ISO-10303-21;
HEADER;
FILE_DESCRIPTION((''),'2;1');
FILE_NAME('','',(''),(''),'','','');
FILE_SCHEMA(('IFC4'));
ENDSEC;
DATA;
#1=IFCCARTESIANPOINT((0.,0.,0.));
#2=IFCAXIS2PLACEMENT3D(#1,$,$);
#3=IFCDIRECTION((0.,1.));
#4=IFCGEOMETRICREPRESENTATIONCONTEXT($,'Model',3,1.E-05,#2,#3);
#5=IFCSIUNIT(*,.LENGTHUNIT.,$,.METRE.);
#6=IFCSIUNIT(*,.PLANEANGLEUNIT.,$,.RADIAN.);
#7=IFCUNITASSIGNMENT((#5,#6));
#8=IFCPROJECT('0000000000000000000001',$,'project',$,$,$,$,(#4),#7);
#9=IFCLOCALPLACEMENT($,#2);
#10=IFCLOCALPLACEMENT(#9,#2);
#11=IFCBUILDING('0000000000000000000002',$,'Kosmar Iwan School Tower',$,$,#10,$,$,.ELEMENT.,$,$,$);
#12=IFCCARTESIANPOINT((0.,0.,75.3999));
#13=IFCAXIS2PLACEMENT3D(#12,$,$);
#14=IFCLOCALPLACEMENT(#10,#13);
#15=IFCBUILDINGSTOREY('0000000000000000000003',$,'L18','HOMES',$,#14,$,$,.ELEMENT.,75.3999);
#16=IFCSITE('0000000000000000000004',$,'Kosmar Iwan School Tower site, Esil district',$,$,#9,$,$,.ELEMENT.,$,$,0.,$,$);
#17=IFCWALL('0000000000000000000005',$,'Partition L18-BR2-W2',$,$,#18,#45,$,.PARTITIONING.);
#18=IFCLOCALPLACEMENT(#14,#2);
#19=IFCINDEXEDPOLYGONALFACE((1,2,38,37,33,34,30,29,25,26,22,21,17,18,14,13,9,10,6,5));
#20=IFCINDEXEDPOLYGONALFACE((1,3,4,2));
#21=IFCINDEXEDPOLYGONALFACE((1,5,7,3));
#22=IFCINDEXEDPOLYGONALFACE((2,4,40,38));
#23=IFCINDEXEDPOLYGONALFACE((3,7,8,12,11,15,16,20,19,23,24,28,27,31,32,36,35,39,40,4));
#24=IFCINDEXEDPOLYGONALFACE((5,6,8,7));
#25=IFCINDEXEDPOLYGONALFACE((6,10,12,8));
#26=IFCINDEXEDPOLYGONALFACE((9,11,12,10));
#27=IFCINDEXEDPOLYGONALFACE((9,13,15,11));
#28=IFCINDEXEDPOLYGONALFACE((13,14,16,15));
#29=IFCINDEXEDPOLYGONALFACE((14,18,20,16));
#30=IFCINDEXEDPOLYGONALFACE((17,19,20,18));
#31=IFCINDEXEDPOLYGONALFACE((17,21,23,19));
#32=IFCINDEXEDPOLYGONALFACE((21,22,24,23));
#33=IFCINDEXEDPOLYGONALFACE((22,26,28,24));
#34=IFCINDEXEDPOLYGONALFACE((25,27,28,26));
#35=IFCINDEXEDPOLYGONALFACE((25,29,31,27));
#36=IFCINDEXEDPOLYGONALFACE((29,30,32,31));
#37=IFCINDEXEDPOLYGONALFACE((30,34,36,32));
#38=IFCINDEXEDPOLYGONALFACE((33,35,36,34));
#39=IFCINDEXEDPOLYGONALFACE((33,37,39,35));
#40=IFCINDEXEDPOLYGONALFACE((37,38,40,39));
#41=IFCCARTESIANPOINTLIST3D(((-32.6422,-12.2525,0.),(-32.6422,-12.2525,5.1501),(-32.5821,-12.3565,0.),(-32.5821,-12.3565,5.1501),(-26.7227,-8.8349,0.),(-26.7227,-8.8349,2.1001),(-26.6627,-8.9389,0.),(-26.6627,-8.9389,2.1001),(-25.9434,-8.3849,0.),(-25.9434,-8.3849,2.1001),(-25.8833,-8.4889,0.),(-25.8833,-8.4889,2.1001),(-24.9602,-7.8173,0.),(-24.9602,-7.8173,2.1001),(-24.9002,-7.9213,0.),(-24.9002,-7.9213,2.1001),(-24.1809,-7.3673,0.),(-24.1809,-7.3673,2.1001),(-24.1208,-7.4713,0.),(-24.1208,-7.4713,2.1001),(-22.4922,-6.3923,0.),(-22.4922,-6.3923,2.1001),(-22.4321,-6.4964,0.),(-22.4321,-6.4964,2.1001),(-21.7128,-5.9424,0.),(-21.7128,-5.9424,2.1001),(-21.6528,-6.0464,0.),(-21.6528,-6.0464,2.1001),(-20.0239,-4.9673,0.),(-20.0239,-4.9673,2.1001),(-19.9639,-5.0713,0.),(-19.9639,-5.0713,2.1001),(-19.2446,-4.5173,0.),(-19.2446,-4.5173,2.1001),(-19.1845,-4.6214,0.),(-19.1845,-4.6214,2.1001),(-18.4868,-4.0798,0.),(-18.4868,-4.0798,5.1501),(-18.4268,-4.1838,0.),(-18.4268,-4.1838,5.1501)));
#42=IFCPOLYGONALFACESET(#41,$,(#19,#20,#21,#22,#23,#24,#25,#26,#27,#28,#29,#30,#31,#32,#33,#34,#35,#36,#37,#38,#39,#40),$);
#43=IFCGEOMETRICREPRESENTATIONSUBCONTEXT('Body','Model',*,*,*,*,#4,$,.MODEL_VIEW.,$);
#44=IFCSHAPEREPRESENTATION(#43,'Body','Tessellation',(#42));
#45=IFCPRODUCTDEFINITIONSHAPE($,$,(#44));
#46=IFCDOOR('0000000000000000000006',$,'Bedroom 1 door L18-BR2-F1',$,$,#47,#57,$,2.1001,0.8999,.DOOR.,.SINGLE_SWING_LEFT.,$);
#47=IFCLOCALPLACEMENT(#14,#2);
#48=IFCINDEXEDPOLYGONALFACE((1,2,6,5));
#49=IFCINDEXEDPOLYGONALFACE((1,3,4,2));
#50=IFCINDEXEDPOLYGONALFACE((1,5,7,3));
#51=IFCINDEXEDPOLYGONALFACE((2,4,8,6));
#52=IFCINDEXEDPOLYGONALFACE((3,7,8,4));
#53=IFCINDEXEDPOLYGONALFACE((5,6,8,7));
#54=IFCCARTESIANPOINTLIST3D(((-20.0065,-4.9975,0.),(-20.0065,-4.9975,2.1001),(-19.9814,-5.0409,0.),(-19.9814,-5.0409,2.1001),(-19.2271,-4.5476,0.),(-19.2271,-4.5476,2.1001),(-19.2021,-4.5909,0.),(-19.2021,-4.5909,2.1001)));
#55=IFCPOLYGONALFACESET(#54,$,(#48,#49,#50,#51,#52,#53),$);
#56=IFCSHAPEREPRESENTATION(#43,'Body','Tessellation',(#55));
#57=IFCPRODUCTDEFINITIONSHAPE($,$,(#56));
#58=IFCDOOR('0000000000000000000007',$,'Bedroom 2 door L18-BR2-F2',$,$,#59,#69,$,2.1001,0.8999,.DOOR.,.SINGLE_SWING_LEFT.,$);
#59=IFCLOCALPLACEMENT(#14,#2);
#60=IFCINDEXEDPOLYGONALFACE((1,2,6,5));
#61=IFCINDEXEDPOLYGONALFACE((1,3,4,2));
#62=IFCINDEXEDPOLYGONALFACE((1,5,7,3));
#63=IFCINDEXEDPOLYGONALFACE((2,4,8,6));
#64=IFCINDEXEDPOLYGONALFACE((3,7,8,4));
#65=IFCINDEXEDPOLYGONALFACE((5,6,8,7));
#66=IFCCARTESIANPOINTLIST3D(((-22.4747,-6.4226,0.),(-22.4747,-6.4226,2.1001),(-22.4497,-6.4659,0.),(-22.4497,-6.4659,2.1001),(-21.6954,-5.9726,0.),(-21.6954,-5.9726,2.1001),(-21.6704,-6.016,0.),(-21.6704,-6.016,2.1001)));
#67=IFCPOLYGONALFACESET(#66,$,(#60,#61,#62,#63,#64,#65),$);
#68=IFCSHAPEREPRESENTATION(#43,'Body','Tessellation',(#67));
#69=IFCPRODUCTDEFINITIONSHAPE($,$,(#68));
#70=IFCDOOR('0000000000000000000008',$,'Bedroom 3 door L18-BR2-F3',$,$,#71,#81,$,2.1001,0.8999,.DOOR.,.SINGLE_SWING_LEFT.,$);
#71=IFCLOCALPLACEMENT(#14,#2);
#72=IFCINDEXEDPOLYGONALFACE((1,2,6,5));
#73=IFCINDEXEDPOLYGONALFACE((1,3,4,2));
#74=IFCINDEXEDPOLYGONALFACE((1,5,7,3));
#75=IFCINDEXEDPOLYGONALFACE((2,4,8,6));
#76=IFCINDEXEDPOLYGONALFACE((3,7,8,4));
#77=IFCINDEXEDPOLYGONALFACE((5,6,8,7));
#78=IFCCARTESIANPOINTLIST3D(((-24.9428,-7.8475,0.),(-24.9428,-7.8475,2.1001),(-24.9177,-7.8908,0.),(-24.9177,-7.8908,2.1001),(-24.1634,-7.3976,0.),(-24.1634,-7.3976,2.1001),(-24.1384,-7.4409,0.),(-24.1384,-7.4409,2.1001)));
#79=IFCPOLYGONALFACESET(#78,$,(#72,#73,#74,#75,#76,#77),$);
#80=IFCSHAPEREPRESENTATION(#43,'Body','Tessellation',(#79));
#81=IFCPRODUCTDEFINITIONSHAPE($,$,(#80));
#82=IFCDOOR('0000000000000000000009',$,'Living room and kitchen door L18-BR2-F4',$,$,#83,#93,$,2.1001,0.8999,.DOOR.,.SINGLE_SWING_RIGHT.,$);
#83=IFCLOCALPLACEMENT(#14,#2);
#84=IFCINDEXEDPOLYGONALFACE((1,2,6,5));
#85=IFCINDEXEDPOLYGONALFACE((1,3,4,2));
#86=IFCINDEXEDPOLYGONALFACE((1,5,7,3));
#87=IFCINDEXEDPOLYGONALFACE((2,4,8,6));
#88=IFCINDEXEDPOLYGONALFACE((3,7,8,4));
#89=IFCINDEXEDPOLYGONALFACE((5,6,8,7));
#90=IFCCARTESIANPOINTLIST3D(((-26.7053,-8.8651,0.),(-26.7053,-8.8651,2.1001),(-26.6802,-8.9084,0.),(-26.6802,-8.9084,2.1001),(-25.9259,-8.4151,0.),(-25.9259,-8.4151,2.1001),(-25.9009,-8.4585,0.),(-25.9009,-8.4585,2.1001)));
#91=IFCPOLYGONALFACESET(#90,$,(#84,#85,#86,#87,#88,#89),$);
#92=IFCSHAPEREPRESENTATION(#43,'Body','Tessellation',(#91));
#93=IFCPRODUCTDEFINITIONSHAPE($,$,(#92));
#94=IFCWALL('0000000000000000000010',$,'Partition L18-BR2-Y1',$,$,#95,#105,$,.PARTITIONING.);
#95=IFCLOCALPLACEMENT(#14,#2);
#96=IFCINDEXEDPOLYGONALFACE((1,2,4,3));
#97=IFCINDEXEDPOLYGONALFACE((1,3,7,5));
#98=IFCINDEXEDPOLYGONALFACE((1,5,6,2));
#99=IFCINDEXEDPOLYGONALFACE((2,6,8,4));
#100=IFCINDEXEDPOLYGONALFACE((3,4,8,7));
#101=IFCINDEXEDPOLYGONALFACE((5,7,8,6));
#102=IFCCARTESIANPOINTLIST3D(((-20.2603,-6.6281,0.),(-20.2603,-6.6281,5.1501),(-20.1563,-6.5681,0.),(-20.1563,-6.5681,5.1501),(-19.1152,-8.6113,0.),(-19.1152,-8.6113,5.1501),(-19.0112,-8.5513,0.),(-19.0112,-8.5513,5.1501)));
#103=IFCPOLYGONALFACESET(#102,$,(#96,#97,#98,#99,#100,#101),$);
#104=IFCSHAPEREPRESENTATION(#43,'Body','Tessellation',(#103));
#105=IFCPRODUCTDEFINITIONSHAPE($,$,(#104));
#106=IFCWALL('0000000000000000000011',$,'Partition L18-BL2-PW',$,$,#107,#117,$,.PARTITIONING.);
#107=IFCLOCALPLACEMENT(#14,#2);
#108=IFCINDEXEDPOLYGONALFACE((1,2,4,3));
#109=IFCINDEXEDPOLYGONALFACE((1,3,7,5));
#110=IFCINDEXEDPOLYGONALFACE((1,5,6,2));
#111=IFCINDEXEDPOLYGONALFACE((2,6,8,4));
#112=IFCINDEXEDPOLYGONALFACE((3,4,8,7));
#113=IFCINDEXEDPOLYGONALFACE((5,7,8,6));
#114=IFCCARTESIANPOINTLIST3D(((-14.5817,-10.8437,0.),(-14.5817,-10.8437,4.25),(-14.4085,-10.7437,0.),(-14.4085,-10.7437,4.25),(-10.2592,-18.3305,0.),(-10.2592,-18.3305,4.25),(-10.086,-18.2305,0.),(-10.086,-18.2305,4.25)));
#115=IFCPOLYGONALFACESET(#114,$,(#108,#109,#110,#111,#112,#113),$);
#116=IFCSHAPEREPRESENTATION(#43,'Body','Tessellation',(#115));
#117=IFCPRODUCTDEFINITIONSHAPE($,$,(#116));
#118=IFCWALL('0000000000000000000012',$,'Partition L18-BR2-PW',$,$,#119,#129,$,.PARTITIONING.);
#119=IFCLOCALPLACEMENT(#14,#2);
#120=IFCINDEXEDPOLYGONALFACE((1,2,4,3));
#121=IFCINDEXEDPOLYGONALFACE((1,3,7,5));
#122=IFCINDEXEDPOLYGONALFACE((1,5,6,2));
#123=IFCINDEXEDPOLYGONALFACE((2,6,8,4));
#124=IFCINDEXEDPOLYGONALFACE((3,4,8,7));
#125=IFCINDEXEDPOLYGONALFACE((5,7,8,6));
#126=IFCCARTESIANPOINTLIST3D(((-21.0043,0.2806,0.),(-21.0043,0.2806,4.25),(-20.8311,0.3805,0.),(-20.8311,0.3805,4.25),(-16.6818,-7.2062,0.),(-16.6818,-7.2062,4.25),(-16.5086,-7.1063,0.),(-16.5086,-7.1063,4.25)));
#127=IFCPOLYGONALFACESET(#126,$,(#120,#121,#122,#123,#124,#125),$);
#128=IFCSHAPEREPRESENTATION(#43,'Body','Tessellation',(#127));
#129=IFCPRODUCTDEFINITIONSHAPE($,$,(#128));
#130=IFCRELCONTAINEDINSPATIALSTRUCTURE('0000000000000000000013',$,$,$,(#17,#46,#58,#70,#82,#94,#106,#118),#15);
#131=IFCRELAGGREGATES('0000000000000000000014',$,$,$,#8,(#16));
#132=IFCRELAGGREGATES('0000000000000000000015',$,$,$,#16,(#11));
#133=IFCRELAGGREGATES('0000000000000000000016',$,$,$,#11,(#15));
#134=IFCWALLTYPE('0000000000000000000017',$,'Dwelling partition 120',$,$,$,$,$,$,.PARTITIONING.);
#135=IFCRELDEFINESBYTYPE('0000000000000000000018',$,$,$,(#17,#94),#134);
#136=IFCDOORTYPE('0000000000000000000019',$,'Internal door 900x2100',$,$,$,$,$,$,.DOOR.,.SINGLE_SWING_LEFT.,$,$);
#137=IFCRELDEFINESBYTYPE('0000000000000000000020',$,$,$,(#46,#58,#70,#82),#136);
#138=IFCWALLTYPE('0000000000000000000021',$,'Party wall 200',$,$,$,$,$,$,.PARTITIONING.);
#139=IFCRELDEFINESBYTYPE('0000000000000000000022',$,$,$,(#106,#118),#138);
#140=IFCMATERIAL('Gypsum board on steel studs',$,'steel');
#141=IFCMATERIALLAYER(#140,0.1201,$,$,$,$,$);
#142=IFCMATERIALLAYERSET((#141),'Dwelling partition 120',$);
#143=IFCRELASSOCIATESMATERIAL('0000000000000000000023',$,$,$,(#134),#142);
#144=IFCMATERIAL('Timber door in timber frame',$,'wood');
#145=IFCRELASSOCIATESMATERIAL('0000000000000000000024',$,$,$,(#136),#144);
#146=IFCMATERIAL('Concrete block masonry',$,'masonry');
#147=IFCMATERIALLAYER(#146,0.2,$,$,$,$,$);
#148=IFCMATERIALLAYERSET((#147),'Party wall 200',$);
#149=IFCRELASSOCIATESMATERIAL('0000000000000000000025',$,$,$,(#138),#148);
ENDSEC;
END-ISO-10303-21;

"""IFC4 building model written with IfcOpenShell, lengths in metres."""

from ifc_helpers import new_model, si_unit, direction, frame, frame_2d, origin, place, context, subcontext, project, spatial, rectangle, extrude, material, layer, layer_set, type_object, element, fill, save


model = new_model("IFC4")

# Units and contexts
model_context = context("Model", 3, precision=1e-05, world=origin(), true_north=direction((0.0, 1.0)))
body_context = subcontext(model_context, "Body", "Model", "MODEL_VIEW")
ifc_project = project(units=[si_unit("LENGTHUNIT", "METRE"), si_unit("PLANEANGLEUNIT", "RADIAN")], contexts=[model_context])

# Site, building, storey
site_placement = place(None, origin())
site = spatial("IfcSite", under=ifc_project, at=site_placement, Name="Kosmar Iwan School Tower site, Esil district", CompositionType="ELEMENT", RefElevation=0.0)
building_placement = place(site_placement, origin())
building = spatial("IfcBuilding", under=site, at=building_placement, Name="Kosmar Iwan School Tower", CompositionType="ELEMENT")
storey_placement = place(building_placement, frame((0.0, 0.0, 75.3999)))
storey = spatial("IfcBuildingStorey", under=building, at=storey_placement, Name="L18", Description="HOMES", CompositionType="ELEMENT", Elevation=75.3999)

# Shared definitions
ifc_material_1 = material(Name="Gypsum board on steel studs", Category="steel")
ifc_layer_1 = layer(ifc_material_1, 0.1201)
ifc_layer_set_1 = layer_set([ifc_layer_1], Name="Dwelling partition 120")
wall_type_1 = type_object("IfcWallType", Name="Dwelling partition 120", PredefinedType="PARTITIONING", material=ifc_layer_set_1)
ifc_material_2 = material(Name="Timber door in timber frame", Category="wood")
door_type_1 = type_object("IfcDoorType", Name="Internal door 900x2100", OperationType="SINGLE_SWING_LEFT", PredefinedType="DOOR", material=ifc_material_2)

# Wall, openings, doors
wall_1_placement = place(storey_placement, frame((-18.4568, -4.1318, 0.0), z_axis=(0.0, 0.0, 1.0), x_axis=(-0.866024, -0.500003, 0.0)))
wall_1 = element("IfcWall", 1, at=wall_1_placement, inside=storey, type_object=wall_type_1, Name="Partition L18-BR2-W2", PredefinedType="PARTITIONING", context=body_context, shape_type="SweptSolid", body=[
    extrude(rectangle(XDim=16.3452, YDim=0.1201, at=frame_2d((8.1726, 0.0))), origin(), (0.0, 0.0, 1.0), 5.1501),
])
opening_1_placement = place(wall_1_placement, frame((0.875, 0.0, 0.0)))
opening_1 = element("IfcOpeningElement", 2, at=opening_1_placement, cuts=wall_1, PredefinedType="OPENING", context=body_context, shape_type="SweptSolid", body=[
    extrude(rectangle(XDim=0.8999, YDim=2.1001, at=frame_2d((0.45, 1.05))), frame((0.0, 0.072, 0.0), z_axis=(0.0, -1.0, 0.0), x_axis=(1.0, 0.0, 0.0)), (0.0, 0.0, 1.0), 0.144),
])
opening_2_placement = place(wall_1_placement, frame((3.7251, 0.0, 0.0)))
opening_2 = element("IfcOpeningElement", 3, at=opening_2_placement, cuts=wall_1, PredefinedType="OPENING", context=body_context, shape_type="SweptSolid", body=[
    extrude(rectangle(XDim=0.8999, YDim=2.1001, at=frame_2d((0.45, 1.05))), frame((0.0, 0.072, 0.0), z_axis=(0.0, -1.0, 0.0), x_axis=(1.0, 0.0, 0.0)), (0.0, 0.0, 1.0), 0.144),
])
opening_3_placement = place(wall_1_placement, frame((6.575, 0.0, 0.0)))
opening_3 = element("IfcOpeningElement", 4, at=opening_3_placement, cuts=wall_1, PredefinedType="OPENING", context=body_context, shape_type="SweptSolid", body=[
    extrude(rectangle(XDim=0.8999, YDim=2.1001, at=frame_2d((0.45, 1.05))), frame((0.0, 0.072, 0.0), z_axis=(0.0, -1.0, 0.0), x_axis=(1.0, 0.0, 0.0)), (0.0, 0.0, 1.0), 0.144),
])
opening_4_placement = place(wall_1_placement, frame((8.6101, 0.0, 0.0)))
opening_4 = element("IfcOpeningElement", 5, at=opening_4_placement, cuts=wall_1, PredefinedType="OPENING", context=body_context, shape_type="SweptSolid", body=[
    extrude(rectangle(XDim=0.8999, YDim=2.1001, at=frame_2d((0.45, 1.05))), frame((0.0, 0.072, 0.0), z_axis=(0.0, -1.0, 0.0), x_axis=(1.0, 0.0, 0.0)), (0.0, 0.0, 1.0), 0.144),
])
door_1_placement = place(opening_1_placement, origin())
door_1 = element("IfcDoor", 6, at=door_1_placement, inside=storey, type_object=door_type_1, Name="Bedroom 1 door L18-BR2-F1", OperationType="SINGLE_SWING_LEFT", OverallHeight=2.1001, OverallWidth=0.8999, PredefinedType="DOOR", context=body_context, shape_type="SweptSolid", body=[
    extrude(rectangle(XDim=0.8999, YDim=2.1001, at=frame_2d((0.45, 1.05))), frame((0.0, 0.0249, 0.0), z_axis=(0.0, -1.0, 0.0), x_axis=(1.0, 0.0, 0.0)), (0.0, 0.0, 1.0), 0.05),
])
fill(opening_1, door_1)
door_2_placement = place(opening_2_placement, origin())
door_2 = element("IfcDoor", 7, at=door_2_placement, inside=storey, type_object=door_type_1, Name="Bedroom 2 door L18-BR2-F2", OperationType="SINGLE_SWING_LEFT", OverallHeight=2.1001, OverallWidth=0.8999, PredefinedType="DOOR", context=body_context, shape_type="SweptSolid", body=[
    extrude(rectangle(XDim=0.8999, YDim=2.1001, at=frame_2d((0.45, 1.05))), frame((0.0, 0.0249, 0.0), z_axis=(0.0, -1.0, 0.0), x_axis=(1.0, 0.0, 0.0)), (0.0, 0.0, 1.0), 0.05),
])
fill(opening_2, door_2)
door_3_placement = place(opening_3_placement, origin())
door_3 = element("IfcDoor", 8, at=door_3_placement, inside=storey, type_object=door_type_1, Name="Bedroom 3 door L18-BR2-F3", OperationType="SINGLE_SWING_LEFT", OverallHeight=2.1001, OverallWidth=0.8999, PredefinedType="DOOR", context=body_context, shape_type="SweptSolid", body=[
    extrude(rectangle(XDim=0.8999, YDim=2.1001, at=frame_2d((0.45, 1.05))), frame((0.0, 0.0249, 0.0), z_axis=(0.0, -1.0, 0.0), x_axis=(1.0, 0.0, 0.0)), (0.0, 0.0, 1.0), 0.05),
])
fill(opening_3, door_3)
door_4_placement = place(opening_4_placement, origin())
door_4 = element("IfcDoor", 9, at=door_4_placement, inside=storey, type_object=door_type_1, Name="Living room and kitchen door L18-BR2-F4", OperationType="SINGLE_SWING_RIGHT", OverallHeight=2.1001, OverallWidth=0.8999, PredefinedType="DOOR", context=body_context, shape_type="SweptSolid", body=[
    extrude(rectangle(XDim=0.8999, YDim=2.1001, at=frame_2d((0.45, 1.05))), frame((0.0, 0.0249, 0.0), z_axis=(0.0, -1.0, 0.0), x_axis=(1.0, 0.0, 0.0)), (0.0, 0.0, 1.0), 0.05),
])
fill(opening_4, door_4)

# Walls
wall_2_placement = place(storey_placement, frame((-19.0632, -8.5813, 0.0), z_axis=(0.0, 0.0, 1.0), x_axis=(-0.500015, 0.866017, 0.0)))
element("IfcWall", 10, at=wall_2_placement, inside=storey, type_object=wall_type_1, Name="Partition L18-BR2-Y1", PredefinedType="PARTITIONING", context=body_context, shape_type="SweptSolid", body=[
    extrude(rectangle(XDim=2.29, YDim=0.1201, at=frame_2d((1.145, 0.0))), origin(), (0.0, 0.0, 1.0), 5.1501),
])
ifc_material_3 = material(Name="Concrete block masonry", Category="masonry")
ifc_layer_2 = layer(ifc_material_3, 0.2)
ifc_layer_set_2 = layer_set([ifc_layer_2], Name="Party wall 200")
wall_type_2 = type_object("IfcWallType", Name="Party wall 200", PredefinedType="PARTITIONING", material=ifc_layer_set_2)
for number, where, z_axis, x_axis, name in (
    (11, (-14.4951, -10.7937, 0.0), (0.0, 0.0, 1.0), (0.5, -0.866026, 0.0), "Partition L18-BL2-PW"),
    (12, (-16.5952, -7.1562, 0.0), (0.0, 0.0, 1.0), (-0.5, 0.866026, 0.0), "Partition L18-BR2-PW"),
):
    element("IfcWall", number, at=place(storey_placement, frame(where, z_axis=z_axis, x_axis=x_axis)), inside=storey, type_object=wall_type_2, Name=name, PredefinedType="PARTITIONING", context=body_context, shape_type="SweptSolid", body=[
        extrude(rectangle(XDim=8.645, YDim=0.2, at=frame_2d((4.3225, 0.0))), origin(), (0.0, 0.0, 1.0), 4.25),
    ])

save(model, "model.ifc")
